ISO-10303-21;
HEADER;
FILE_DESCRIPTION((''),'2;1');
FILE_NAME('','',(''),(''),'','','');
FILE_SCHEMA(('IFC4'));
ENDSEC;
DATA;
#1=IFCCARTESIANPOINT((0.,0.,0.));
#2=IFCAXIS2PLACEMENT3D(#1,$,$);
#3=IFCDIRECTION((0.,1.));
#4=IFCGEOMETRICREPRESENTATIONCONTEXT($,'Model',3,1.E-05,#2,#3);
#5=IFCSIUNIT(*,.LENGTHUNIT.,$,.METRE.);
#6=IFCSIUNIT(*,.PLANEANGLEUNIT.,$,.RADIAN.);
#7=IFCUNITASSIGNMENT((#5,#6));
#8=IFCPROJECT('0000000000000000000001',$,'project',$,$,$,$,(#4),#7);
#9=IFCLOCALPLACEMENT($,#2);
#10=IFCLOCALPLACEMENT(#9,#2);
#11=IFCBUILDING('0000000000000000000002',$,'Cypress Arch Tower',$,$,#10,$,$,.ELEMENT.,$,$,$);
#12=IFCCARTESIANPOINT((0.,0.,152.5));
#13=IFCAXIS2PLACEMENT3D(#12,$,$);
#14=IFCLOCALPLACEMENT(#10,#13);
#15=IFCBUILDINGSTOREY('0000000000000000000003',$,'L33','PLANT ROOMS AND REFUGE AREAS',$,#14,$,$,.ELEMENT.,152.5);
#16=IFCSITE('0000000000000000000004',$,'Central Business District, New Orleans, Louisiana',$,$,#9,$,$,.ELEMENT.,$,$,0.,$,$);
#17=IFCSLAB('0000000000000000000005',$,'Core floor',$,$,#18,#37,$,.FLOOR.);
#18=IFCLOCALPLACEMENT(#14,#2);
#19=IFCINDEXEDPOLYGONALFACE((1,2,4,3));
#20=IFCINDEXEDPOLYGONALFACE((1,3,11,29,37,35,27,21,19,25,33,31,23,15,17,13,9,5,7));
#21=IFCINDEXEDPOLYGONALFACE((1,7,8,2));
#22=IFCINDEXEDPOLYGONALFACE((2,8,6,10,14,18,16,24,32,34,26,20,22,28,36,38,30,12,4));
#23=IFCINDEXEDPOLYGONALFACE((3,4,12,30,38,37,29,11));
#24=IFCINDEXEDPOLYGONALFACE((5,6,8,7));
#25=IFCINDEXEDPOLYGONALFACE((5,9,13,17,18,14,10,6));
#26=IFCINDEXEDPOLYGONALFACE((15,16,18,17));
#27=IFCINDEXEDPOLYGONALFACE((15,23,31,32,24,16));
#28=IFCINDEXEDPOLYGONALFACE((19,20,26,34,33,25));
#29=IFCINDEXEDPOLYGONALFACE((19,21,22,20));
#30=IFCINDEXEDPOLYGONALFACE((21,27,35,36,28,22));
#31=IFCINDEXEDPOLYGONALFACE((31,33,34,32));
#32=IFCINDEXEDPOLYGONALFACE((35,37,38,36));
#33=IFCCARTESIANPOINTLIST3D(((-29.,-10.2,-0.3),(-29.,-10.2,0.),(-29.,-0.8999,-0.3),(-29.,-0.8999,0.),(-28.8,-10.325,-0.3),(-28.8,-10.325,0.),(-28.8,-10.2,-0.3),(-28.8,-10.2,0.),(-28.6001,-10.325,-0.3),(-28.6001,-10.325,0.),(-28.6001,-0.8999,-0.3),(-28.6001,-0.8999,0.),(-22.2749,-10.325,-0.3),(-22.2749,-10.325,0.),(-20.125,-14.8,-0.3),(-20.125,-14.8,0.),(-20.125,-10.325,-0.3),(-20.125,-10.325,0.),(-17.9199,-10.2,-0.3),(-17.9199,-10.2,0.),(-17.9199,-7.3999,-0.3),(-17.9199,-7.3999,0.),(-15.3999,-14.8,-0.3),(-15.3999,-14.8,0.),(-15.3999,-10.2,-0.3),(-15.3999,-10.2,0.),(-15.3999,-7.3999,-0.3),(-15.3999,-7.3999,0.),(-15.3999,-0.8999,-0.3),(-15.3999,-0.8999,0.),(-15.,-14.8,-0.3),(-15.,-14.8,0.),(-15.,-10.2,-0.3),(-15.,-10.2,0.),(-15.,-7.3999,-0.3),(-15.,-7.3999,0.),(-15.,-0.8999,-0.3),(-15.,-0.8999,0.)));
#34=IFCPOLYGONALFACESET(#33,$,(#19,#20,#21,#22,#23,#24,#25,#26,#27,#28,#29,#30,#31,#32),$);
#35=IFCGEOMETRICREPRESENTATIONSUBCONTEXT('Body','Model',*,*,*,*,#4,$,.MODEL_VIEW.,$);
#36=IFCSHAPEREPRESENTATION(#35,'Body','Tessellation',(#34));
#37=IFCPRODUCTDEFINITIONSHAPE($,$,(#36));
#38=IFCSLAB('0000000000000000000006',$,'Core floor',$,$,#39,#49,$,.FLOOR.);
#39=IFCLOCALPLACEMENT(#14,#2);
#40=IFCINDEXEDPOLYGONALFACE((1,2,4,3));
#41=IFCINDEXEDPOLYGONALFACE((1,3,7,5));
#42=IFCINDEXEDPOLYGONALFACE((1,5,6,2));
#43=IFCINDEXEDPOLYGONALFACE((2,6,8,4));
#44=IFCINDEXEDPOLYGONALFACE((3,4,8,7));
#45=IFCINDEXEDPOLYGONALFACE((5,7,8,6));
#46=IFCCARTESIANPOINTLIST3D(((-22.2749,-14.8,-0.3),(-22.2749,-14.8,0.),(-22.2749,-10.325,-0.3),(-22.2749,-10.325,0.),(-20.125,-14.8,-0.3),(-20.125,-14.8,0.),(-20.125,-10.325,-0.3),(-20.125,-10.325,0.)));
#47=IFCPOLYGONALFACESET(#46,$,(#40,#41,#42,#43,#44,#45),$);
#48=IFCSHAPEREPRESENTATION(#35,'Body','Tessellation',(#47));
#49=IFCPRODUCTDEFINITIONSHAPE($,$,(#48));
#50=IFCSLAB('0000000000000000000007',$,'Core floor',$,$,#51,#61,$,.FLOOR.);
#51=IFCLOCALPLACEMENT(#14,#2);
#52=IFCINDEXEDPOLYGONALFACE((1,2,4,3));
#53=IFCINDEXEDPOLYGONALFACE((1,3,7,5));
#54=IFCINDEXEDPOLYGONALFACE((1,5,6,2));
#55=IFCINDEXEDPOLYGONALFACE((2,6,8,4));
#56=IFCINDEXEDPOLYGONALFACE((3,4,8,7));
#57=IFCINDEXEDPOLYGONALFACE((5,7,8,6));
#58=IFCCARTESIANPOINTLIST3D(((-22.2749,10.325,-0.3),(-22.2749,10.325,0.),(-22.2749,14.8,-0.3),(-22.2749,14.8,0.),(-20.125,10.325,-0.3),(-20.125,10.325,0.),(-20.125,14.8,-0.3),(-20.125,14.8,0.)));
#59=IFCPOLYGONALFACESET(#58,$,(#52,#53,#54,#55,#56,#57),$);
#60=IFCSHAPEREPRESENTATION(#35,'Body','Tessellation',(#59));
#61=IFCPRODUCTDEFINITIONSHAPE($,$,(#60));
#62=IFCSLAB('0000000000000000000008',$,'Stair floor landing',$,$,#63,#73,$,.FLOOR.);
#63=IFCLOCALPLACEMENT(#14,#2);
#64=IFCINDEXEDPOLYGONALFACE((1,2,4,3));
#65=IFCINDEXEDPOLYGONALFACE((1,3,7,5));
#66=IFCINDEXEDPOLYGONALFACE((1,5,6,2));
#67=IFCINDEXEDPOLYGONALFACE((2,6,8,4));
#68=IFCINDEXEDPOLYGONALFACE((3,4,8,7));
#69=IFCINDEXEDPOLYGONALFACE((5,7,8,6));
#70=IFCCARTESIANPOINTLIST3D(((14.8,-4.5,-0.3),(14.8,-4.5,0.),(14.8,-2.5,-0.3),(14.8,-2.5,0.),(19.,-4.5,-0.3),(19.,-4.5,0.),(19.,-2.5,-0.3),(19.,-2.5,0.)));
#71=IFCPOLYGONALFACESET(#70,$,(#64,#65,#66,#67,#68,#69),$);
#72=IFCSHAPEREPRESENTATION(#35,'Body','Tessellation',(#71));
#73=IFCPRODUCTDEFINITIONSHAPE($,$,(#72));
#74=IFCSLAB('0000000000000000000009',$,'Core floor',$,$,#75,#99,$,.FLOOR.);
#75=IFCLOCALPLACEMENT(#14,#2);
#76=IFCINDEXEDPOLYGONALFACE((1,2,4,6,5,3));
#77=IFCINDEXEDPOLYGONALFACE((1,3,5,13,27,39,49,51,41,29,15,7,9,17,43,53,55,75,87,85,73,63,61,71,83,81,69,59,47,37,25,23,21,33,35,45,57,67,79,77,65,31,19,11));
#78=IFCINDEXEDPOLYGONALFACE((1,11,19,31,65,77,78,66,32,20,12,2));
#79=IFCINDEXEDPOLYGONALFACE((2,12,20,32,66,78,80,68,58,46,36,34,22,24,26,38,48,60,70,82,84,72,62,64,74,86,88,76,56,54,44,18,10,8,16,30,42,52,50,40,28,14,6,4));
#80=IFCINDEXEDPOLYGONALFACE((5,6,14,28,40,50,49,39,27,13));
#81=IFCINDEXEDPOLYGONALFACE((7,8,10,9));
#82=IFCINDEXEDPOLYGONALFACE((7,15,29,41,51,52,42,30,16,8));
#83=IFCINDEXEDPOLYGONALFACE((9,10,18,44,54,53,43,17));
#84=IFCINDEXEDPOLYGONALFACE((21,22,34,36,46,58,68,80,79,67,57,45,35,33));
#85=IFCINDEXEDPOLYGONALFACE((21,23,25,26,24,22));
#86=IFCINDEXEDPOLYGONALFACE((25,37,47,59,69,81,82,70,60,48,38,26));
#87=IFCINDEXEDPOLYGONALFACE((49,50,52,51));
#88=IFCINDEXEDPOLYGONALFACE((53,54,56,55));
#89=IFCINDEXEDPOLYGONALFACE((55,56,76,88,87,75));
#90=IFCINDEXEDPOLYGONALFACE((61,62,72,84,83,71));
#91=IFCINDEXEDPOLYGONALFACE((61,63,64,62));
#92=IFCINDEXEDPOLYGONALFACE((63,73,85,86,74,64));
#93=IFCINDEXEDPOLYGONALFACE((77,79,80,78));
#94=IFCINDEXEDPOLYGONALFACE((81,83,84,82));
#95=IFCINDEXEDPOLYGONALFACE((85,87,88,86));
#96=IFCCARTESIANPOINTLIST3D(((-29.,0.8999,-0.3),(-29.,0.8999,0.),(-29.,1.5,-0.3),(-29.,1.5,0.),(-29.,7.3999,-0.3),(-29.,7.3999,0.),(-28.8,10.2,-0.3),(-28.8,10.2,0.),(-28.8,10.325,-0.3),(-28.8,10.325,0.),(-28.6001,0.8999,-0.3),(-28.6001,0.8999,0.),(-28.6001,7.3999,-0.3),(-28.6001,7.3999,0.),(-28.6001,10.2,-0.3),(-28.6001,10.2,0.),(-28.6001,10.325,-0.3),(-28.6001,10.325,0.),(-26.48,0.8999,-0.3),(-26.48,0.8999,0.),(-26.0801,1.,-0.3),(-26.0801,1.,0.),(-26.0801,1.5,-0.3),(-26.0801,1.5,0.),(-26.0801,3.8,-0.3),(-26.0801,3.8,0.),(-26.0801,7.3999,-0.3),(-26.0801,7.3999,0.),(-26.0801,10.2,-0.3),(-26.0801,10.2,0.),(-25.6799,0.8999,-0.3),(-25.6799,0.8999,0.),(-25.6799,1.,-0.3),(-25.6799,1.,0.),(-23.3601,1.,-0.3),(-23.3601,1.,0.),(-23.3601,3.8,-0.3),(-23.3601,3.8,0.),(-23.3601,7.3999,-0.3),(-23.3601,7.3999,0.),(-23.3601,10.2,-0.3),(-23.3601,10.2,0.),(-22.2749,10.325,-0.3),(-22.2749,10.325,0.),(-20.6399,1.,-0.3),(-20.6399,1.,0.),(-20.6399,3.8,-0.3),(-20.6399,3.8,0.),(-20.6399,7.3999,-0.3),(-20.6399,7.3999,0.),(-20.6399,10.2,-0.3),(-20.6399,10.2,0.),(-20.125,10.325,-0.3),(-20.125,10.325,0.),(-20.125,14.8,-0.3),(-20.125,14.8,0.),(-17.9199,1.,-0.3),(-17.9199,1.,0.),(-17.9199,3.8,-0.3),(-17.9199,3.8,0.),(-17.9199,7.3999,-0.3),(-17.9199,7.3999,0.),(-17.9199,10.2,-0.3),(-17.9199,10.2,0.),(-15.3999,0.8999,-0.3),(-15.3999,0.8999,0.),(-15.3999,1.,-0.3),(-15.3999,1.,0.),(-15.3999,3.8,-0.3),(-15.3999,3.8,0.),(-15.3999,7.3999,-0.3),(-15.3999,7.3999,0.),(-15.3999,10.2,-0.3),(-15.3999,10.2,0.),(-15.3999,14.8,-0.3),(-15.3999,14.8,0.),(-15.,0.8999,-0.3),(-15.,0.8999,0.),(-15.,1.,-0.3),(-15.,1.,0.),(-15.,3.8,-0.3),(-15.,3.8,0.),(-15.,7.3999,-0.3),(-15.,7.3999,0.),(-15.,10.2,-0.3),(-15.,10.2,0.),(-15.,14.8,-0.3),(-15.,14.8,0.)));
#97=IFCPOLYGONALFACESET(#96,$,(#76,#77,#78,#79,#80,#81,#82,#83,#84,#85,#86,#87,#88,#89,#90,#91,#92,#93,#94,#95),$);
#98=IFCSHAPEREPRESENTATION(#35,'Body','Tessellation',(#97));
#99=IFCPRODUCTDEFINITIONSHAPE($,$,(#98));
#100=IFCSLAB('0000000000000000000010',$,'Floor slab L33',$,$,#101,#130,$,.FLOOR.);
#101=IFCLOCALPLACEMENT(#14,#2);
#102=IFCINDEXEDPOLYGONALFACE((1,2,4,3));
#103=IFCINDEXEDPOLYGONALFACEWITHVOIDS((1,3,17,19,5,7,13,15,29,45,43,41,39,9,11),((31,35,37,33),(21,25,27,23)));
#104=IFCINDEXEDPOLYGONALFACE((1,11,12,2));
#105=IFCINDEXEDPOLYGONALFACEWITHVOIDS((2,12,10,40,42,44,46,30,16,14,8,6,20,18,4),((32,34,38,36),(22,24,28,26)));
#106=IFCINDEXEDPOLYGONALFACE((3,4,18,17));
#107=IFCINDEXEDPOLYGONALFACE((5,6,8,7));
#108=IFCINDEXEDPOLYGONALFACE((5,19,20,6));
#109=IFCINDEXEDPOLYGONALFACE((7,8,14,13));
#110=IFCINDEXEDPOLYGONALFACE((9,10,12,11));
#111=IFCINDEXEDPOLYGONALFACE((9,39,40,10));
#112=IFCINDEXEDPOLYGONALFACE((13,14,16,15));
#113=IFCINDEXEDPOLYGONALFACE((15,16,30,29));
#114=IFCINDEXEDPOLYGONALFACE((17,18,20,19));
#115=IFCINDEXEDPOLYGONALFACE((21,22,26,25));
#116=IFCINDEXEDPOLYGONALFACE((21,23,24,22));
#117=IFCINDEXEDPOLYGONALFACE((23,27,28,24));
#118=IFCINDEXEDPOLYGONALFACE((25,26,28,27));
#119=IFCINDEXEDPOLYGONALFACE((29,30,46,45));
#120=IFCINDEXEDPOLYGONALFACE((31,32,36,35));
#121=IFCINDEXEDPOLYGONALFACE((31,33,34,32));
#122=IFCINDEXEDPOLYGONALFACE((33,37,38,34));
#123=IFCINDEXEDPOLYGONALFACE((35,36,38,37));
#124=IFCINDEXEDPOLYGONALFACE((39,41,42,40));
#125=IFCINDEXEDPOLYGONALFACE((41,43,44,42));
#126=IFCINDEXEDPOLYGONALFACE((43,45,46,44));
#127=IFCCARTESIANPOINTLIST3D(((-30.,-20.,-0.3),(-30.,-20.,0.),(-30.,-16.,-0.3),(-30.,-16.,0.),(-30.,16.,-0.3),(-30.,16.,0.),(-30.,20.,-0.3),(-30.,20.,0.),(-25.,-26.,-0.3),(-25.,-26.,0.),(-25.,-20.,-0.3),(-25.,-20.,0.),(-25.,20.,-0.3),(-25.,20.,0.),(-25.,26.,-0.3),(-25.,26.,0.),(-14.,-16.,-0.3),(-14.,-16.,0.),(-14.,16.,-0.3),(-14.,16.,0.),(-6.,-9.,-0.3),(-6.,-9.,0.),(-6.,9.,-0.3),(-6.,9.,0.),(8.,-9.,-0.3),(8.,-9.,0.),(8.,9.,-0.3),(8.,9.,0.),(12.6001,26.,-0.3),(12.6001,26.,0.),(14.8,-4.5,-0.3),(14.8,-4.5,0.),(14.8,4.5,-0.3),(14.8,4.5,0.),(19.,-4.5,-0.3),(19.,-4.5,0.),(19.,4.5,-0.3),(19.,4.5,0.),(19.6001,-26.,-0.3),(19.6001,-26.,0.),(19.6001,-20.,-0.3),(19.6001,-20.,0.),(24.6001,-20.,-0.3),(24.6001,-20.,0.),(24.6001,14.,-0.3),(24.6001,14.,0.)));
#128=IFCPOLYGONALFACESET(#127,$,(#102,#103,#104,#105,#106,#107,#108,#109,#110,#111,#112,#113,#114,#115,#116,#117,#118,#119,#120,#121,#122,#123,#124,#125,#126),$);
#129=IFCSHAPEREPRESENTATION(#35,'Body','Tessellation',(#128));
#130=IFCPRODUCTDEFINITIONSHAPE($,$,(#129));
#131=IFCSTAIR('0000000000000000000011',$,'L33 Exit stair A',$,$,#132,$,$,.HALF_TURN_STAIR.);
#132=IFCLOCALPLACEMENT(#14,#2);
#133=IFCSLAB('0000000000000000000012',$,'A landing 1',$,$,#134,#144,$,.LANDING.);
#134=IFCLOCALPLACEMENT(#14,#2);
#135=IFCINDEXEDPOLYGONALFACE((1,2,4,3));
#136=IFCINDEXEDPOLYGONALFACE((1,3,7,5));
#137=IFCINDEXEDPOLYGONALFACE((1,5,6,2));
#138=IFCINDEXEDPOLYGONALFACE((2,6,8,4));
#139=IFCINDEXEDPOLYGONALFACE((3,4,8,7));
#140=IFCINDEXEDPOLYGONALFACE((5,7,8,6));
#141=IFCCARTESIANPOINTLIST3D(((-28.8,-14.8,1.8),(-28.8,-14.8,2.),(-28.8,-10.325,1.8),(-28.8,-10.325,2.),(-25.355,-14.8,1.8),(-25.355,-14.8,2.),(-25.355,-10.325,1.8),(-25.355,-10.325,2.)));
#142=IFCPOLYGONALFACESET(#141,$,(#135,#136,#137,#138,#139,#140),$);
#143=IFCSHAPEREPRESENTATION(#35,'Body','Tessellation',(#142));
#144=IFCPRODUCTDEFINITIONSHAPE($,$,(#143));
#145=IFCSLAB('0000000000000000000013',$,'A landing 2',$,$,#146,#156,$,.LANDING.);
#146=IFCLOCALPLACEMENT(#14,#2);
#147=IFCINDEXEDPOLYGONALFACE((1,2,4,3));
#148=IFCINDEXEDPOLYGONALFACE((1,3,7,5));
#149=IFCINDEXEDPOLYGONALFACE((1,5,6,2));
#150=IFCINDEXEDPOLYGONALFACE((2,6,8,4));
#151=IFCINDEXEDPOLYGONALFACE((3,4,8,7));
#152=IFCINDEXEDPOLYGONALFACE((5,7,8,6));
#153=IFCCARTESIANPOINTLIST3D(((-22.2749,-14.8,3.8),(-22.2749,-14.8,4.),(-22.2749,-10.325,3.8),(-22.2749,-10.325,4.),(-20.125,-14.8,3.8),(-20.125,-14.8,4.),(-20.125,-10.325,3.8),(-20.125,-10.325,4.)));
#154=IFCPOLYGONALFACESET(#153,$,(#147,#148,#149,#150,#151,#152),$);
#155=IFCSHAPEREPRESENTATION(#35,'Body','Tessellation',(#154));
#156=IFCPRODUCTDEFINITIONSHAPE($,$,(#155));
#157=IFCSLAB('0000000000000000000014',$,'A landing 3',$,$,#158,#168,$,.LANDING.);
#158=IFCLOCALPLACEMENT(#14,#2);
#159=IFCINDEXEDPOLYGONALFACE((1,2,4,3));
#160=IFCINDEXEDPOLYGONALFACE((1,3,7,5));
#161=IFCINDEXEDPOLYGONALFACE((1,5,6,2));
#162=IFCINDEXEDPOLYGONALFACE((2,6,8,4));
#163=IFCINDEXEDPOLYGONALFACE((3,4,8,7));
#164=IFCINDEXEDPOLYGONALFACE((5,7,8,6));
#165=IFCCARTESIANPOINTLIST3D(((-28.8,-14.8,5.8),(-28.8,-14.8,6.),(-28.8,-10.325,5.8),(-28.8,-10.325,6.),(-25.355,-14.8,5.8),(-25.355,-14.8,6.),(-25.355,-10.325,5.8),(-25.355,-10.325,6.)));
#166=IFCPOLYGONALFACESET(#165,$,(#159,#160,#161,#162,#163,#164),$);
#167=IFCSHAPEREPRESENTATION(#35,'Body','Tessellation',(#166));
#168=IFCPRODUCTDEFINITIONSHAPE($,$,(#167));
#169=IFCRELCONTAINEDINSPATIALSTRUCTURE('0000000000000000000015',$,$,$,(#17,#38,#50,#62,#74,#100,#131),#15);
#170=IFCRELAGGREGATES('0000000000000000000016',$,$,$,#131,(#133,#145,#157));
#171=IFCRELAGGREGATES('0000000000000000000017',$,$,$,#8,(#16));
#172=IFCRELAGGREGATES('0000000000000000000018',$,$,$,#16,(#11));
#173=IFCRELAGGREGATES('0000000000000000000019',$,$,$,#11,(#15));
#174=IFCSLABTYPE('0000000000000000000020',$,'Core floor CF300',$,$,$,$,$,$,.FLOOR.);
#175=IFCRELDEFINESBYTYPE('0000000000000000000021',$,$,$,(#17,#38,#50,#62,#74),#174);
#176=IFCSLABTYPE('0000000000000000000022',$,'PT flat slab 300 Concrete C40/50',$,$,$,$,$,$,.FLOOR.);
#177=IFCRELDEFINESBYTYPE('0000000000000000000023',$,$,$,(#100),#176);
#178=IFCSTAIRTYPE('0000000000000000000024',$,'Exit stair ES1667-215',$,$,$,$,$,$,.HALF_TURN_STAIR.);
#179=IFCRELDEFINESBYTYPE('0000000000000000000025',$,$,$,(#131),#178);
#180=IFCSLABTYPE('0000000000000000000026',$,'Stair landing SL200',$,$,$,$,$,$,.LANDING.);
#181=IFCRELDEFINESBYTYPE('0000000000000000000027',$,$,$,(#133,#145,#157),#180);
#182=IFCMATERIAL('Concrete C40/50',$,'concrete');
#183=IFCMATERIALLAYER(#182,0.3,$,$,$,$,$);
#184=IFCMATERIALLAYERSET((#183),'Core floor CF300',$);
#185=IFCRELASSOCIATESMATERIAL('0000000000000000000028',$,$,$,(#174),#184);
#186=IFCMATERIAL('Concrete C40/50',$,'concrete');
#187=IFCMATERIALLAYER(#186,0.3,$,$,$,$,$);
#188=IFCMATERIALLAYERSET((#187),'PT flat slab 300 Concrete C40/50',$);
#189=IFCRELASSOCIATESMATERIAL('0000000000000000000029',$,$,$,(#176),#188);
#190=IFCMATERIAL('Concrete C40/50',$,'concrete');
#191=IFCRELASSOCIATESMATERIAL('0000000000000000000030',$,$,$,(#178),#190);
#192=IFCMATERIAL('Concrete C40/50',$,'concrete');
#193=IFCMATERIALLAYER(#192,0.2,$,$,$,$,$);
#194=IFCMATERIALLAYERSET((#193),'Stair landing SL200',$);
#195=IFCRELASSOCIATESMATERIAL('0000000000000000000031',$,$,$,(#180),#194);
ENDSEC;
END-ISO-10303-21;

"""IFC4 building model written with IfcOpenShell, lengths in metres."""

from ifc_helpers import new_model, si_unit, direction, frame, origin, place, context, subcontext, project, spatial, polyline, outline, extrude, material, layer, layer_set, type_object, element, aggregate, save


model = new_model("IFC4")

# Units and contexts
model_context = context("Model", 3, precision=1e-05, world=origin(), true_north=direction((0.0, 1.0)))
body_context = subcontext(model_context, "Body", "Model", "MODEL_VIEW")
ifc_project = project(units=[si_unit("LENGTHUNIT", "METRE"), si_unit("PLANEANGLEUNIT", "RADIAN")], contexts=[model_context])

# Site, building, storey
site_placement = place(None, origin())
site = spatial("IfcSite", under=ifc_project, at=site_placement, Name="Central Business District, New Orleans, Louisiana", CompositionType="ELEMENT", RefElevation=0.0)
building_placement = place(site_placement, origin())
building = spatial("IfcBuilding", under=site, at=building_placement, Name="Cypress Arch Tower", CompositionType="ELEMENT")
storey_placement = place(building_placement, frame((0.0, 0.0, 152.5)))
storey = spatial("IfcBuildingStorey", under=building, at=storey_placement, Name="L33", Description="PLANT ROOMS AND REFUGE AREAS", CompositionType="ELEMENT", Elevation=152.5)

# Slabs
ifc_material_1 = material(Name="Concrete C40/50", Category="concrete")
ifc_layer_1 = layer(ifc_material_1, 0.3)
ifc_layer_set_1 = layer_set([ifc_layer_1], Name="Core floor CF300")
slab_type_1 = type_object("IfcSlabType", Name="Core floor CF300", PredefinedType="FLOOR", material=ifc_layer_set_1)
slab_1_placement = place(storey_placement, frame((0.0, 0.0, -0.3)))
element("IfcSlab", 1, at=slab_1_placement, inside=storey, type_object=slab_type_1, Name="Core floor", PredefinedType="FLOOR", context=body_context, shape_type="SweptSolid", body=[
    extrude(outline(polyline([(-28.8, -10.2), (-29.0, -10.2), (-29.0, -0.8999), (-28.6001, -0.8999), (-15.3999, -0.8999), (-15.0, -0.8999), (-15.0, -7.3999), (-15.3999, -7.3999), (-17.9199, -7.3999), (-17.9199, -10.2), (-15.3999, -10.2), (-15.0, -10.2), (-15.0, -14.8), (-15.3999, -14.8), (-20.125, -14.8), (-20.125, -10.325), (-22.2749, -10.325), (-28.6001, -10.325), (-28.8, -10.325), (-28.8, -10.2)])), origin(), (0.0, 0.0, 1.0), 0.3),
])
slab_2_placement = place(storey_placement, frame((0.0, 0.0, -0.3)))
element("IfcSlab", 2, at=slab_2_placement, inside=storey, type_object=slab_type_1, Name="Core floor", PredefinedType="FLOOR", context=body_context, shape_type="SweptSolid", body=[
    extrude(outline(polyline([(-22.2749, -10.325), (-22.2749, -14.8), (-20.125, -14.8), (-20.125, -10.325), (-22.2749, -10.325)])), origin(), (0.0, 0.0, 1.0), 0.3),
])
slab_3_placement = place(storey_placement, frame((0.0, 0.0, -0.3)))
element("IfcSlab", 3, at=slab_3_placement, inside=storey, type_object=slab_type_1, Name="Core floor", PredefinedType="FLOOR", context=body_context, shape_type="SweptSolid", body=[
    extrude(outline(polyline([(-20.125, 14.8), (-22.2749, 14.8), (-22.2749, 10.325), (-20.125, 10.325), (-20.125, 14.8)])), origin(), (0.0, 0.0, 1.0), 0.3),
])
slab_4_placement = place(storey_placement, frame((0.0, 0.0, -0.3)))
element("IfcSlab", 4, at=slab_4_placement, inside=storey, type_object=slab_type_1, Name="Stair floor landing", PredefinedType="FLOOR", context=body_context, shape_type="SweptSolid", body=[
    extrude(outline(polyline([(19.0, -4.5), (19.0, -2.5), (14.8, -2.5), (14.8, -4.5), (19.0, -4.5)])), origin(), (0.0, 0.0, 1.0), 0.3),
])
slab_5_placement = place(storey_placement, frame((0.0, 0.0, -0.3)))
element("IfcSlab", 5, at=slab_5_placement, inside=storey, type_object=slab_type_1, Name="Core floor", PredefinedType="FLOOR", context=body_context, shape_type="SweptSolid", body=[
    extrude(outline(polyline([(-20.6399, 10.2), (-23.3601, 10.2), (-26.0801, 10.2), (-28.6001, 10.2), (-28.8, 10.2), (-28.8, 10.325), (-28.6001, 10.325), (-22.2749, 10.325), (-20.125, 10.325), (-20.125, 14.8), (-15.3999, 14.8), (-15.0, 14.8), (-15.0, 10.2), (-15.3999, 10.2), (-17.9199, 10.2), (-17.9199, 7.3999), (-15.3999, 7.3999), (-15.0, 7.3999), (-15.0, 3.8), (-15.3999, 3.8), (-17.9199, 3.8), (-20.6399, 3.8), (-23.3601, 3.8), (-26.0801, 3.8), (-26.0801, 1.5), (-26.0801, 1.0), (-25.6799, 1.0), (-23.3601, 1.0), (-20.6399, 1.0), (-17.9199, 1.0), (-15.3999, 1.0), (-15.0, 1.0), (-15.0, 0.8999), (-15.3999, 0.8999), (-25.6799, 0.8999), (-26.48, 0.8999), (-28.6001, 0.8999), (-29.0, 0.8999), (-29.0, 1.5), (-29.0, 7.3999), (-28.6001, 7.3999), (-26.0801, 7.3999), (-23.3601, 7.3999), (-20.6399, 7.3999), (-20.6399, 10.2)])), origin(), (0.0, 0.0, 1.0), 0.3),
])
ifc_material_2 = material(Name="Concrete C40/50", Category="concrete")
ifc_layer_2 = layer(ifc_material_2, 0.3)
ifc_layer_set_2 = layer_set([ifc_layer_2], Name="PT flat slab 300 Concrete C40/50")
slab_type_2 = type_object("IfcSlabType", Name="PT flat slab 300 Concrete C40/50", PredefinedType="FLOOR", material=ifc_layer_set_2)
slab_6_placement = place(storey_placement, frame((0.0, 0.0, -0.3)))
element("IfcSlab", 6, at=slab_6_placement, inside=storey, type_object=slab_type_2, Name="Floor slab L33", PredefinedType="FLOOR", context=body_context, shape_type="SweptSolid", body=[
    extrude(outline(polyline([(-30.0, 20.0), (-25.0, 20.0), (-25.0, 26.0), (12.6001, 26.0), (24.6001, 14.0), (24.6001, -20.0), (19.6001, -20.0), (19.6001, -26.0), (-25.0, -26.0), (-25.0, -20.0), (-30.0, -20.0), (-30.0, -16.0), (-14.0, -16.0), (-14.0, 16.0), (-30.0, 16.0), (-30.0, 20.0)]), holes=[polyline([(-6.0, -9.0), (8.0, -9.0), (8.0, 9.0), (-6.0, 9.0), (-6.0, -9.0)]), polyline([(14.8, -4.5), (19.0, -4.5), (19.0, 4.5), (14.8, 4.5), (14.8, -4.5)])]), origin(), (0.0, 0.0, 1.0), 0.3),
])

# Stair, slabs
ifc_material_3 = material(Name="Concrete C40/50", Category="concrete")
stair_type_1 = type_object("IfcStairType", Name="Exit stair ES1667-215", PredefinedType="HALF_TURN_STAIR", material=ifc_material_3)
stair_1_placement = place(storey_placement, origin())
stair_1 = element("IfcStair", 7, at=stair_1_placement, inside=storey, type_object=stair_type_1, Name="L33 Exit stair A", PredefinedType="HALF_TURN_STAIR")
ifc_material_4 = material(Name="Concrete C40/50", Category="concrete")
ifc_layer_3 = layer(ifc_material_4, 0.2)
ifc_layer_set_3 = layer_set([ifc_layer_3], Name="Stair landing SL200")
slab_type_3 = type_object("IfcSlabType", Name="Stair landing SL200", PredefinedType="LANDING", material=ifc_layer_set_3)
slab_7_placement = place(storey_placement, frame((0.0, 0.0, 1.8)))
slab_7 = element("IfcSlab", 8, at=slab_7_placement, type_object=slab_type_3, Name="A landing 1", PredefinedType="LANDING", context=body_context, shape_type="SweptSolid", body=[
    extrude(outline(polyline([(-25.355, -10.325), (-28.8, -10.325), (-28.8, -14.8), (-25.355, -14.8), (-25.355, -10.325)])), origin(), (0.0, 0.0, 1.0), 0.2),
])
slab_8_placement = place(storey_placement, frame((0.0, 0.0, 3.8)))
slab_8 = element("IfcSlab", 9, at=slab_8_placement, type_object=slab_type_3, Name="A landing 2", PredefinedType="LANDING", context=body_context, shape_type="SweptSolid", body=[
    extrude(outline(polyline([(-20.125, -10.325), (-22.2749, -10.325), (-22.2749, -14.8), (-20.125, -14.8), (-20.125, -10.325)])), origin(), (0.0, 0.0, 1.0), 0.2),
])
slab_9_placement = place(storey_placement, frame((0.0, 0.0, 5.8)))
slab_9 = element("IfcSlab", 10, at=slab_9_placement, type_object=slab_type_3, Name="A landing 3", PredefinedType="LANDING", context=body_context, shape_type="SweptSolid", body=[
    extrude(outline(polyline([(-25.355, -10.325), (-28.8, -10.325), (-28.8, -14.8), (-25.355, -14.8), (-25.355, -10.325)])), origin(), (0.0, 0.0, 1.0), 0.2),
])
aggregate(stair_1, [slab_7, slab_8, slab_9])

save(model, "model.ifc")
